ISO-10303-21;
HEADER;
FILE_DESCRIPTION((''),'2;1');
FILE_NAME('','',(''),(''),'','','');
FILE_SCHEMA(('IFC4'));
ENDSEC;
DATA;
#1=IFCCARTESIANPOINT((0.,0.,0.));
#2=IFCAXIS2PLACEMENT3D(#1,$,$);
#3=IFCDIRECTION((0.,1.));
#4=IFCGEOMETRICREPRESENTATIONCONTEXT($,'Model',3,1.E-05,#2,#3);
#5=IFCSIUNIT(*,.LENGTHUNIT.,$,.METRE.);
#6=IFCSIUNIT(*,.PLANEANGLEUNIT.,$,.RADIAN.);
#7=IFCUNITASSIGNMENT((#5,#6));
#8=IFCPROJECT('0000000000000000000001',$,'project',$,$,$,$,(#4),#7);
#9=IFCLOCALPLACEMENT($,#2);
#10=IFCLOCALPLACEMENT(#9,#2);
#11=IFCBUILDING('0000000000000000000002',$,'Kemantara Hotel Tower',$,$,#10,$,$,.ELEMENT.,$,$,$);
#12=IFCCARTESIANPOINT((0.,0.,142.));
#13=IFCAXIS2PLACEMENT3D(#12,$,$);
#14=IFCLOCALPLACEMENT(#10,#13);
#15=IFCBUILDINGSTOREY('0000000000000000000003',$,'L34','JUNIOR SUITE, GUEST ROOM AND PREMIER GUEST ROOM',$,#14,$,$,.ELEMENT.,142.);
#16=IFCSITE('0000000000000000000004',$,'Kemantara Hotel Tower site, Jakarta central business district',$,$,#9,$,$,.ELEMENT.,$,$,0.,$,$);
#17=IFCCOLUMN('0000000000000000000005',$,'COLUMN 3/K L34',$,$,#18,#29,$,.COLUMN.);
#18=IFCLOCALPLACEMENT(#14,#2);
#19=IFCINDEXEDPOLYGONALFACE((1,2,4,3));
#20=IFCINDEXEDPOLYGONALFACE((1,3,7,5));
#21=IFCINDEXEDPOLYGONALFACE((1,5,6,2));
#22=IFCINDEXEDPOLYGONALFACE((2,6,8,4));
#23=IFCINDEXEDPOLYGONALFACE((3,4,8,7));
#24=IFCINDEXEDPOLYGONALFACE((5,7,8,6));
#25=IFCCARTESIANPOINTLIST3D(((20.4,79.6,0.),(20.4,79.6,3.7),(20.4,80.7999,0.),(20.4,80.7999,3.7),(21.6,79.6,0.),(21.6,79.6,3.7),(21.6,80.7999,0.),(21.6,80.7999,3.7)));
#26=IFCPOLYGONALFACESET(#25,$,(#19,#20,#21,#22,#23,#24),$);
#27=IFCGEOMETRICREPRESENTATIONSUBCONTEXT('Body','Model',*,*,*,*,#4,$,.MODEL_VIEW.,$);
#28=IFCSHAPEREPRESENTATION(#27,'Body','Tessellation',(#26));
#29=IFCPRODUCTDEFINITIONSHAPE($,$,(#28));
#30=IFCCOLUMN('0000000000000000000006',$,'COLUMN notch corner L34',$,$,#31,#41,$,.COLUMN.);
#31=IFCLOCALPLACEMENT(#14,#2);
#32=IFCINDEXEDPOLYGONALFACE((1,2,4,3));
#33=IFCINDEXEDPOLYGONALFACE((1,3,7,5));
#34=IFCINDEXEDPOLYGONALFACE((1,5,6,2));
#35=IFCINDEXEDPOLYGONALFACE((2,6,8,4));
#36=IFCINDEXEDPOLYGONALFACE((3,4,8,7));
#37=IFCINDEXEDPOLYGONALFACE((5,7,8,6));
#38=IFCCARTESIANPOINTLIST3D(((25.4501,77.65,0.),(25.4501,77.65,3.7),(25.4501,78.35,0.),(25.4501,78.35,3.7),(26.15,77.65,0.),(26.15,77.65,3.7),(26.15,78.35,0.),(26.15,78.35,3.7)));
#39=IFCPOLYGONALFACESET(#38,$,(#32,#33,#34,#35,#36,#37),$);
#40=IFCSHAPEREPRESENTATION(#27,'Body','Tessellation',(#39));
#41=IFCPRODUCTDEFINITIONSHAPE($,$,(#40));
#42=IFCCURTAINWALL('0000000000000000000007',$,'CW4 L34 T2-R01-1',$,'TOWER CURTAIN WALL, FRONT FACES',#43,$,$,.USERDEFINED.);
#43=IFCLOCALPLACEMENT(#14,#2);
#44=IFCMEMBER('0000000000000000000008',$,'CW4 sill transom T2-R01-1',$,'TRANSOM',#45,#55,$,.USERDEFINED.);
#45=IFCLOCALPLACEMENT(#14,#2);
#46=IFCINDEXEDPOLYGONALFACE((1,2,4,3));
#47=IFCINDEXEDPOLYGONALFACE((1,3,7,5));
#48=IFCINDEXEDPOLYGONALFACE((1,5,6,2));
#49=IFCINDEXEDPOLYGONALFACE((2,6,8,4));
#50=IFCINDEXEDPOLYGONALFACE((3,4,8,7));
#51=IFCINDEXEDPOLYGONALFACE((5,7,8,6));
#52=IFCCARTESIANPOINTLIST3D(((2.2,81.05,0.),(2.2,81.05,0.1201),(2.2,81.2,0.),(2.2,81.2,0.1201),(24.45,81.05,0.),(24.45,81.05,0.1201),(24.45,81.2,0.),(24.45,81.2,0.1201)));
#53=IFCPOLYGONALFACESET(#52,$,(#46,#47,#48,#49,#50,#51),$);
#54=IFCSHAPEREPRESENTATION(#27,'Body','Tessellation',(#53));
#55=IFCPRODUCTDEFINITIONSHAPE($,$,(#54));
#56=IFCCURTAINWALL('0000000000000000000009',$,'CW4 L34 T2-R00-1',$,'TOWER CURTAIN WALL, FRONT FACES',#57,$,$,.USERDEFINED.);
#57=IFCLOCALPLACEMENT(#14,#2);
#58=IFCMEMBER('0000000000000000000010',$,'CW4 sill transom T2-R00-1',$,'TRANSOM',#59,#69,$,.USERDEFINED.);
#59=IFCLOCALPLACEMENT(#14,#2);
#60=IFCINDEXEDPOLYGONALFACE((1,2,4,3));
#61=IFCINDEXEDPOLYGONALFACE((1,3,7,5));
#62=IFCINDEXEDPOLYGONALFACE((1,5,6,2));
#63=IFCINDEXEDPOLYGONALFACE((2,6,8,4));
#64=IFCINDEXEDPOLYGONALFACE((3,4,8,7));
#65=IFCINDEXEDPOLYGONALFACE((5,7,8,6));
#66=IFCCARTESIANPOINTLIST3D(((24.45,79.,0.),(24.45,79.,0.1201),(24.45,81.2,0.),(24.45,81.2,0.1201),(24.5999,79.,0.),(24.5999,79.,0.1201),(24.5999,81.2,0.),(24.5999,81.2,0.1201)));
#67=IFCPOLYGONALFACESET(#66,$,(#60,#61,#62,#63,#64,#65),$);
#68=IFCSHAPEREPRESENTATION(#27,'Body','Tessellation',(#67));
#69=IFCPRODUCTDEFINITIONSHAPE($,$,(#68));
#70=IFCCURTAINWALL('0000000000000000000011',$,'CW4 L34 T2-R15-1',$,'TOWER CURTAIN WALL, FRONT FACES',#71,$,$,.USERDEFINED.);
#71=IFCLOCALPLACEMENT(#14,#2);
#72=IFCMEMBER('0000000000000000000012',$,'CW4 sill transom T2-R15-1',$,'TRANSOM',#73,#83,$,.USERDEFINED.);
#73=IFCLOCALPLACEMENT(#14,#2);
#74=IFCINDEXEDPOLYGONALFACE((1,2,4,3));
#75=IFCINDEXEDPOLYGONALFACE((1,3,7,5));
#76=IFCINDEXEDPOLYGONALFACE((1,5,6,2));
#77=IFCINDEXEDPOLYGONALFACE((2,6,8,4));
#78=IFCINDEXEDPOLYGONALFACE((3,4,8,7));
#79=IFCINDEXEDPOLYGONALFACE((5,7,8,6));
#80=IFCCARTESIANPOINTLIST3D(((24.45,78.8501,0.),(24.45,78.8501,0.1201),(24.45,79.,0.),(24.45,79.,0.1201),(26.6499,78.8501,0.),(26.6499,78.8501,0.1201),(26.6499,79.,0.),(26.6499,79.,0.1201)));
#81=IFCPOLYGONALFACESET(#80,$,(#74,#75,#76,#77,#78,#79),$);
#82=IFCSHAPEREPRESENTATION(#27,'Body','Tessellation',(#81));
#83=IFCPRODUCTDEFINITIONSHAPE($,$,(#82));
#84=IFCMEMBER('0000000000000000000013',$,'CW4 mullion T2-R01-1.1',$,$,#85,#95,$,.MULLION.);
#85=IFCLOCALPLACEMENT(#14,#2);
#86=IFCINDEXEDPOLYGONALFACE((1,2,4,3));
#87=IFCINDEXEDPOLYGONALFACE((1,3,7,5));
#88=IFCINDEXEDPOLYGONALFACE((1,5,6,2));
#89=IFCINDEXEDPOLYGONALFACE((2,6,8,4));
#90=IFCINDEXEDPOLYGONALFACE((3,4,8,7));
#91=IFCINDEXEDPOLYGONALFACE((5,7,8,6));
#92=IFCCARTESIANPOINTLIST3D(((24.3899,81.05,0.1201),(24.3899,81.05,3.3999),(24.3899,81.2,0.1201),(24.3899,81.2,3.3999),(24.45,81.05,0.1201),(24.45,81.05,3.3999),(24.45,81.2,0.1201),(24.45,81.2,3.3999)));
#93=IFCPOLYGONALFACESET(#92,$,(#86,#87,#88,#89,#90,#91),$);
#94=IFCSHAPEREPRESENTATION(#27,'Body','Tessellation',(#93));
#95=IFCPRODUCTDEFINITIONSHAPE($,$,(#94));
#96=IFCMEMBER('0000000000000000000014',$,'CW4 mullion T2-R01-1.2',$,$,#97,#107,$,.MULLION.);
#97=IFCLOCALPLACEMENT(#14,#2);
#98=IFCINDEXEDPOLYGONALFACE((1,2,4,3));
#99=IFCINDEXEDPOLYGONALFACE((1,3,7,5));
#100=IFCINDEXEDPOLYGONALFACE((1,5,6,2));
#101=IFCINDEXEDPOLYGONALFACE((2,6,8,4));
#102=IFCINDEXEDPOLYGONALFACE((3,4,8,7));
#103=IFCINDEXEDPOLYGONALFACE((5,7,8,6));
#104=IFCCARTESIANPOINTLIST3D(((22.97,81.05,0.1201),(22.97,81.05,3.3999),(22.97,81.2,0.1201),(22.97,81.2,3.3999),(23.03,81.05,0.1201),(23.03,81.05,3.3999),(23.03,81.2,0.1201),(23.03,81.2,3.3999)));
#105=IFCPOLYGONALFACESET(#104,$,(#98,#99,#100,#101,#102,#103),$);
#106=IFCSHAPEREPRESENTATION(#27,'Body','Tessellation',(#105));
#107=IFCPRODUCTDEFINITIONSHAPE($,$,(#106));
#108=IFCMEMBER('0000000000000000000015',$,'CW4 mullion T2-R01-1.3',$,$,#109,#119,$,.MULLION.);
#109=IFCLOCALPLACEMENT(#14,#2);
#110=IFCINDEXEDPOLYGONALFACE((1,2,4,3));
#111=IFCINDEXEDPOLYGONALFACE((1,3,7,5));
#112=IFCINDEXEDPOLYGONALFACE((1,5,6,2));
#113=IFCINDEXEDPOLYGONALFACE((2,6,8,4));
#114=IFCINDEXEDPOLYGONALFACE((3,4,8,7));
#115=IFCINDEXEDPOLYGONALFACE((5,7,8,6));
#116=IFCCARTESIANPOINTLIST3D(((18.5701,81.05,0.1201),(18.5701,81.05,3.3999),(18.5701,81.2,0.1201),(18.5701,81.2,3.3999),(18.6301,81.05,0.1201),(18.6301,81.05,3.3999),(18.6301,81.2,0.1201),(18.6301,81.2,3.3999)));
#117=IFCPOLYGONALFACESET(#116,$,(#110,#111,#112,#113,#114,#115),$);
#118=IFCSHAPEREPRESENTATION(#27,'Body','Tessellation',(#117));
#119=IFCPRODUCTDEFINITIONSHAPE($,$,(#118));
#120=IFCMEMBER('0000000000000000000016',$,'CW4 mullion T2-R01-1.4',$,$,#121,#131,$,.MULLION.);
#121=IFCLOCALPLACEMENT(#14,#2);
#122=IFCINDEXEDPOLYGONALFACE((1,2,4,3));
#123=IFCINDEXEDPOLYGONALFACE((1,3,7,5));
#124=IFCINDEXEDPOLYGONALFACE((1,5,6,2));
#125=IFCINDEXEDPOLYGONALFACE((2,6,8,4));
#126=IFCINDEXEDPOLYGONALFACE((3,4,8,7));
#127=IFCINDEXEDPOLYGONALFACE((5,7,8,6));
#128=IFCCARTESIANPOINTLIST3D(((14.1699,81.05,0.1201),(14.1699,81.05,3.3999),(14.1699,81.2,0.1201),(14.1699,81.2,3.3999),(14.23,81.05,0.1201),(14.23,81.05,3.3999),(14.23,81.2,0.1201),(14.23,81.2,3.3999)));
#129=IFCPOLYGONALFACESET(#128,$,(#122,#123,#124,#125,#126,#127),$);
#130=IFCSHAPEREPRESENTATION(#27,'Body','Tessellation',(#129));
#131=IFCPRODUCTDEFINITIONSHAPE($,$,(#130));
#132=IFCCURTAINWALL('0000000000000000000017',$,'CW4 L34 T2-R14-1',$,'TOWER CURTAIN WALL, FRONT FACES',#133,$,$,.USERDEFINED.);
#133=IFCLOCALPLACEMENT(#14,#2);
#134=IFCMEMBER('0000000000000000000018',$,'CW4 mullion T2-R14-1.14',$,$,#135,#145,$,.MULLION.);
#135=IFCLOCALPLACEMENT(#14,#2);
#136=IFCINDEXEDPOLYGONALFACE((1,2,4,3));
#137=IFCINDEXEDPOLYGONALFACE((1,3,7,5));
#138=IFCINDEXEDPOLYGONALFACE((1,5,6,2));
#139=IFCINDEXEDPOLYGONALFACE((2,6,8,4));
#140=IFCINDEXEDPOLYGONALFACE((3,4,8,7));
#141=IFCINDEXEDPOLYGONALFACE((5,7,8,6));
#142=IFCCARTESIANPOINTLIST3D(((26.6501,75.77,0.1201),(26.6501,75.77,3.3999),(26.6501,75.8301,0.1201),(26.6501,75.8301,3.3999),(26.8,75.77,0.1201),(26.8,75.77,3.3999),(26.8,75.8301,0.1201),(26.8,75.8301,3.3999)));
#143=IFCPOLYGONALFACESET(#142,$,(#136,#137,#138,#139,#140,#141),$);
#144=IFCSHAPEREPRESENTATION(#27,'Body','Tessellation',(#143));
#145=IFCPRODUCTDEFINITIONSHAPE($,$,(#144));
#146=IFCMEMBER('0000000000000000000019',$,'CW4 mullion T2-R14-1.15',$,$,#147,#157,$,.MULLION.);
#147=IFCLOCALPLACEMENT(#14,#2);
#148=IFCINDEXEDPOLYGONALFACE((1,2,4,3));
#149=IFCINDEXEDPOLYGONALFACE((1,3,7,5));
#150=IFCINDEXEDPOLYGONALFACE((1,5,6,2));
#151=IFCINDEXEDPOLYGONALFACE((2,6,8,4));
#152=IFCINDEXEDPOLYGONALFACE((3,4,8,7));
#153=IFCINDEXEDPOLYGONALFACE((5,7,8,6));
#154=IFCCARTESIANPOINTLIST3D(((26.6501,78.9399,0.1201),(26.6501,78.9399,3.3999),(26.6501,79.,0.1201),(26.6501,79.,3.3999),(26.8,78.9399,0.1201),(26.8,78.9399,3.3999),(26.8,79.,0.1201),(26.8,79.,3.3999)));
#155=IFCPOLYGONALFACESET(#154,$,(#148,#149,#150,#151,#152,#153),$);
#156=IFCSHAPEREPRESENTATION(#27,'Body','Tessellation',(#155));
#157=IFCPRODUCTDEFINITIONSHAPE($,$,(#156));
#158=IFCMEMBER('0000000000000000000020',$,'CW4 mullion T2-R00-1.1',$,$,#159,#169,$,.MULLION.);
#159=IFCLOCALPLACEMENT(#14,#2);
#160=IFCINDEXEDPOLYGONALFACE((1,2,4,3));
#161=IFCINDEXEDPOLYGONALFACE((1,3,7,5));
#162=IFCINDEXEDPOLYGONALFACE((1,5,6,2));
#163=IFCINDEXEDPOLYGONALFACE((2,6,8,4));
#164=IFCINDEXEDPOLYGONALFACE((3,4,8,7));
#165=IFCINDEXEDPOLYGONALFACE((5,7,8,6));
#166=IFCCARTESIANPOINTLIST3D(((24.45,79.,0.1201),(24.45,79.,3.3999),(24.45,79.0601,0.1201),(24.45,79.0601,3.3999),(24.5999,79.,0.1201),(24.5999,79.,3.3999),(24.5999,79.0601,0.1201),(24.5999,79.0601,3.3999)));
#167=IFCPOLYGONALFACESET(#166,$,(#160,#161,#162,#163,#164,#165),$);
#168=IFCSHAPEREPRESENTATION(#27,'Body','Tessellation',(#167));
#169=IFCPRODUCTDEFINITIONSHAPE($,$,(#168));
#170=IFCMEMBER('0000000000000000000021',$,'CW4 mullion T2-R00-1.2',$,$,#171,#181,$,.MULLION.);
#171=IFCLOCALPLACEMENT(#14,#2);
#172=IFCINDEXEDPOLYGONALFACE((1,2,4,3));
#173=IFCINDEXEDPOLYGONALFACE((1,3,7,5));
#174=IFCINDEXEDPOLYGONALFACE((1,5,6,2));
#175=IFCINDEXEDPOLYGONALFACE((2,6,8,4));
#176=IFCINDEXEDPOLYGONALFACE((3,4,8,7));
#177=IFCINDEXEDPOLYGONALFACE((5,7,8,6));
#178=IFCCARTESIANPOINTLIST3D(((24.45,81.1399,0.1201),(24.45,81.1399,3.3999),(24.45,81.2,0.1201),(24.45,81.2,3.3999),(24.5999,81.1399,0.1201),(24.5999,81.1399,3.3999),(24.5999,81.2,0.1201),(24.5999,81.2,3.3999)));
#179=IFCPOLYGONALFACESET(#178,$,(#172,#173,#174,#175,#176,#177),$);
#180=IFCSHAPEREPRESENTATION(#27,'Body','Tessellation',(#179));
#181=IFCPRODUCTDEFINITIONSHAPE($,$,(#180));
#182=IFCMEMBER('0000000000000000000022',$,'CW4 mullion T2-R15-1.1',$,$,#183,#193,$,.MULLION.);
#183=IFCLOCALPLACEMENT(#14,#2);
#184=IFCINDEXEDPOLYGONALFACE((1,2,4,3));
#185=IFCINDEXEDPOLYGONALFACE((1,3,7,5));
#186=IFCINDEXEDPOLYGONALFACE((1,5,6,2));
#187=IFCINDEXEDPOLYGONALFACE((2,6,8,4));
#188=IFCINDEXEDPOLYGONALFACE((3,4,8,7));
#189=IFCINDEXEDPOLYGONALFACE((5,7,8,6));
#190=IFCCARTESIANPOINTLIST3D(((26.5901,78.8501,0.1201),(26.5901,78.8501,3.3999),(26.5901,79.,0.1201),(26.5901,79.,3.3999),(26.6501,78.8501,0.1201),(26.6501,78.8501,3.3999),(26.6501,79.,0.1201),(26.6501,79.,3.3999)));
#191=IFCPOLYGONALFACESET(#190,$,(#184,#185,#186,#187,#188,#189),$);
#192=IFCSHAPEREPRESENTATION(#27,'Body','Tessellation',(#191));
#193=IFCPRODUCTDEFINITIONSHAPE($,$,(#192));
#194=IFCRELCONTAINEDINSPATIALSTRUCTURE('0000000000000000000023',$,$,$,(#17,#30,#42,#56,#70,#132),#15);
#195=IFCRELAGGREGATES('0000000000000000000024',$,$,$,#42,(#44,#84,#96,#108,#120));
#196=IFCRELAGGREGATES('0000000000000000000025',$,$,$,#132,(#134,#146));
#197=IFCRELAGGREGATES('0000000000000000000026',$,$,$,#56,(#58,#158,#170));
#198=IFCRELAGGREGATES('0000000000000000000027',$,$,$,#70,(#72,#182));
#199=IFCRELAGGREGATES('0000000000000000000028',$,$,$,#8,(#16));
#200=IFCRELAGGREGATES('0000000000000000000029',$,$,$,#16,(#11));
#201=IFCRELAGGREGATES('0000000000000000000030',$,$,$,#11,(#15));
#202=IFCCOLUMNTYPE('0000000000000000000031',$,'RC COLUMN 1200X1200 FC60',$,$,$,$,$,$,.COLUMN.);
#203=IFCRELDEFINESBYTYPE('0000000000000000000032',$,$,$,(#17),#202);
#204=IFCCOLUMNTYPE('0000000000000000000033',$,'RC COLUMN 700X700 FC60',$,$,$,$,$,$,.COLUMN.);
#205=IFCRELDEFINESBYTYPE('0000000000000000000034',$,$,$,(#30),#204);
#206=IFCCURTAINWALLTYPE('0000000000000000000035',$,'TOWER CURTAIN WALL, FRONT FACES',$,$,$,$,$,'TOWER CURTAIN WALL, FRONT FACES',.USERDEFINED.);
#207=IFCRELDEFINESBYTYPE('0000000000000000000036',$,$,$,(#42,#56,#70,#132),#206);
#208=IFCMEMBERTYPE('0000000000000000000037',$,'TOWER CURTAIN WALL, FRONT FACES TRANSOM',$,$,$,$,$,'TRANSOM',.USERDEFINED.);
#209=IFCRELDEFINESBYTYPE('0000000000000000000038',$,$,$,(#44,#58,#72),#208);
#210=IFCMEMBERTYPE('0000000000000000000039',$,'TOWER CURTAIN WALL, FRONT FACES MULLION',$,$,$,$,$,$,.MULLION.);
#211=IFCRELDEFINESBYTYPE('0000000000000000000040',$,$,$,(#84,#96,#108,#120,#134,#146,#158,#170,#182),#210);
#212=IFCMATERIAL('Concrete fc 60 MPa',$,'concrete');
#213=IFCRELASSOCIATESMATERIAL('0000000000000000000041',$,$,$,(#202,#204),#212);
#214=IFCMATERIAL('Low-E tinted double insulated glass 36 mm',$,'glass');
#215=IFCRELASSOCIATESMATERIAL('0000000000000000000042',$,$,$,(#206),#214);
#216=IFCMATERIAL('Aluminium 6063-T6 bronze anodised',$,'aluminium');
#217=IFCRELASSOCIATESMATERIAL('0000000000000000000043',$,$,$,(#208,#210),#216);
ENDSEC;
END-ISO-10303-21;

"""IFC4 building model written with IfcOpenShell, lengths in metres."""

from ifc_helpers import new_model, si_unit, direction, frame, origin, origin_2d, place, context, subcontext, project, spatial, rectangle, extrude, source, transform, mapped, material, material_profile, profile_set, type_object, element, aggregate, save


model = new_model("IFC4")

# Units and contexts
model_context = context("Model", 3, precision=1e-05, world=origin(), true_north=direction((0.0, 1.0)))
body_context = subcontext(model_context, "Body", "Model", "MODEL_VIEW")
ifc_project = project(units=[si_unit("LENGTHUNIT", "METRE"), si_unit("PLANEANGLEUNIT", "RADIAN")], contexts=[model_context])

# Site, building, storey
site_placement = place(None, origin())
site = spatial("IfcSite", under=ifc_project, at=site_placement, Name="Kemantara Hotel Tower site, Jakarta central business district", CompositionType="ELEMENT", RefElevation=0.0)
building_placement = place(site_placement, origin())
building = spatial("IfcBuilding", under=site, at=building_placement, Name="Kemantara Hotel Tower", CompositionType="ELEMENT")
storey_placement = place(building_placement, frame((0.0, 0.0, 142.0)))
storey = spatial("IfcBuildingStorey", under=building, at=storey_placement, Name="L34", Description="JUNIOR SUITE, GUEST ROOM AND PREMIER GUEST ROOM", CompositionType="ELEMENT", Elevation=142.0)

# Columns
ifc_material_1 = material(Name="Concrete fc 60 MPa", Category="concrete")
ifc_material_profile_1 = material_profile(ifc_material_1, rectangle(XDim=1.2, YDim=1.2, at=origin_2d()), Name="RC 1200X1200")
ifc_profile_set_1 = profile_set([ifc_material_profile_1], Name="Concrete fc 60 MPa")
column_type_1 = type_object("IfcColumnType", Name="RC COLUMN 1200X1200 FC60", PredefinedType="COLUMN", material=ifc_profile_set_1)
column_1_placement = place(storey_placement, frame((21.0, 80.2, 0.0), z_axis=(0.0, 0.0, 1.0), x_axis=(1.0, 0.0, 0.0)))
element("IfcColumn", 1, at=column_1_placement, inside=storey, type_object=column_type_1, Name="COLUMN 3/K L34", PredefinedType="COLUMN", context=body_context, shape_type="SweptSolid", body=[
    extrude(rectangle(XDim=1.2, YDim=1.2, at=origin_2d()), origin(), (0.0, 0.0, 1.0), 3.7),
])
ifc_material_profile_2 = material_profile(ifc_material_1, rectangle(XDim=0.7, YDim=0.7, at=origin_2d()), Name="RC 700X700")
ifc_profile_set_2 = profile_set([ifc_material_profile_2], Name="Concrete fc 60 MPa")
column_type_2 = type_object("IfcColumnType", Name="RC COLUMN 700X700 FC60", PredefinedType="COLUMN", material=ifc_profile_set_2)
column_2_placement = place(storey_placement, frame((25.8, 78.0, 0.0), z_axis=(0.0, 0.0, 1.0), x_axis=(1.0, 0.0, 0.0)))
element("IfcColumn", 2, at=column_2_placement, inside=storey, type_object=column_type_2, Name="COLUMN notch corner L34", PredefinedType="COLUMN", context=body_context, shape_type="SweptSolid", body=[
    extrude(rectangle(XDim=0.7, YDim=0.7, at=origin_2d()), origin(), (0.0, 0.0, 1.0), 3.7),
])

# Curtain walls, members
ifc_material_2 = material(Name="Low-E tinted double insulated glass 36 mm", Category="glass")
curtain_wall_type = type_object("IfcCurtainWallType", Name="TOWER CURTAIN WALL, FRONT FACES", ElementType="TOWER CURTAIN WALL, FRONT FACES", PredefinedType="USERDEFINED", material=ifc_material_2)
curtain_wall_1_placement = place(storey_placement, origin())
curtain_wall_1 = element("IfcCurtainWall", 3, at=curtain_wall_1_placement, inside=storey, type_object=curtain_wall_type, Name="CW4 L34 T2-R01-1", ObjectType="TOWER CURTAIN WALL, FRONT FACES", PredefinedType="USERDEFINED")
ifc_material_3 = material(Name="Aluminium 6063-T6 bronze anodised", Category="aluminium")
ifc_material_profile_3 = material_profile(ifc_material_3, rectangle(XDim=0.1499, YDim=0.1201, at=origin_2d()), Name="TOWER CURTAIN WALL, FRONT FACES TRANSOM")
ifc_profile_set_3 = profile_set([ifc_material_profile_3], Name="Aluminium 6063-T6 bronze anodised")
member_type_1 = type_object("IfcMemberType", Name="TOWER CURTAIN WALL, FRONT FACES TRANSOM", ElementType="TRANSOM", PredefinedType="USERDEFINED", material=ifc_profile_set_3)
member_1_placement = place(storey_placement, frame((24.45, 81.125, 0.0601), z_axis=(-1.0, 0.0, 0.0), x_axis=(0.0, -1.0, 0.0)))
member_1 = element("IfcMember", 4, at=member_1_placement, type_object=member_type_1, Name="CW4 sill transom T2-R01-1", ObjectType="TRANSOM", PredefinedType="USERDEFINED", context=body_context, shape_type="SweptSolid", body=[
    extrude(rectangle(XDim=0.1499, YDim=0.1201, at=origin_2d()), origin(), (0.0, 0.0, 1.0), 22.25),
])
curtain_wall_2_placement = place(storey_placement, origin())
curtain_wall_2 = element("IfcCurtainWall", 5, at=curtain_wall_2_placement, inside=storey, type_object=curtain_wall_type, Name="CW4 L34 T2-R00-1", ObjectType="TOWER CURTAIN WALL, FRONT FACES", PredefinedType="USERDEFINED")
member_2_placement = place(storey_placement, frame((24.5249, 79.0, 0.0601), z_axis=(0.0, 1.0, 0.0), x_axis=(-1.0, 0.0, 0.0)))
member_2 = element("IfcMember", 6, at=member_2_placement, type_object=member_type_1, Name="CW4 sill transom T2-R00-1", ObjectType="TRANSOM", PredefinedType="USERDEFINED", context=body_context, shape_type="SweptSolid", body=[
    extrude(rectangle(XDim=0.1499, YDim=0.1201, at=origin_2d()), origin(), (0.0, 0.0, 1.0), 2.2),
])
curtain_wall_3_placement = place(storey_placement, origin())
curtain_wall_3 = element("IfcCurtainWall", 7, at=curtain_wall_3_placement, inside=storey, type_object=curtain_wall_type, Name="CW4 L34 T2-R15-1", ObjectType="TOWER CURTAIN WALL, FRONT FACES", PredefinedType="USERDEFINED")
member_3_placement = place(storey_placement, frame((26.6499, 78.925, 0.0601), z_axis=(-1.0, 0.0, 0.0), x_axis=(0.0, -1.0, 0.0)))
member_3 = element("IfcMember", 8, at=member_3_placement, type_object=member_type_1, Name="CW4 sill transom T2-R15-1", ObjectType="TRANSOM", PredefinedType="USERDEFINED", context=body_context, shape_type="SweptSolid", body=[
    extrude(rectangle(XDim=0.1499, YDim=0.1201, at=origin_2d()), origin(), (0.0, 0.0, 1.0), 2.2),
])

# Members
ifc_material_profile_4 = material_profile(ifc_material_3, rectangle(XDim=0.1499, YDim=0.0601, at=origin_2d()), Name="TOWER CURTAIN WALL, FRONT FACES MULLION")
ifc_profile_set_4 = profile_set([ifc_material_profile_4], Name="Aluminium 6063-T6 bronze anodised")
member_type_2 = type_object("IfcMemberType", Name="TOWER CURTAIN WALL, FRONT FACES MULLION", PredefinedType="MULLION", material=ifc_profile_set_4)
shared_shape_1 = source(origin(), body_context, "Body", "SweptSolid", [
    extrude(rectangle(XDim=0.1499, YDim=0.0601, at=origin_2d()), origin(), (0.0, 0.0, 1.0), 3.2798),
])
member_4_placement = place(storey_placement, frame((24.4199, 81.125, 0.1201), z_axis=(0.0, 0.0, 1.0), x_axis=(0.0, -1.0, 0.0)))
member_4 = element("IfcMember", 9, at=member_4_placement, type_object=member_type_2, Name="CW4 mullion T2-R01-1.1", PredefinedType="MULLION", context=body_context, shape_type="MappedRepresentation", body=[
    mapped(shared_shape_1, transform((0.0, 0.0, 0.0))),
])
member_5_placement = place(storey_placement, frame((23.0, 81.125, 0.1201), z_axis=(0.0, 0.0, 1.0), x_axis=(0.0, -1.0, 0.0)))
member_5 = element("IfcMember", 10, at=member_5_placement, type_object=member_type_2, Name="CW4 mullion T2-R01-1.2", PredefinedType="MULLION", context=body_context, shape_type="MappedRepresentation", body=[
    mapped(shared_shape_1, transform((0.0, 0.0, 0.0))),
])
member_6_placement = place(storey_placement, frame((18.6001, 81.125, 0.1201), z_axis=(0.0, 0.0, 1.0), x_axis=(0.0, -1.0, 0.0)))
member_6 = element("IfcMember", 11, at=member_6_placement, type_object=member_type_2, Name="CW4 mullion T2-R01-1.3", PredefinedType="MULLION", context=body_context, shape_type="MappedRepresentation", body=[
    mapped(shared_shape_1, transform((0.0, 0.0, 0.0))),
])
member_7_placement = place(storey_placement, frame((14.2, 81.125, 0.1201), z_axis=(0.0, 0.0, 1.0), x_axis=(0.0, -1.0, 0.0)))
member_7 = element("IfcMember", 12, at=member_7_placement, type_object=member_type_2, Name="CW4 mullion T2-R01-1.4", PredefinedType="MULLION", context=body_context, shape_type="MappedRepresentation", body=[
    mapped(shared_shape_1, transform((0.0, 0.0, 0.0))),
])

# Curtain wall, members
curtain_wall_4_placement = place(storey_placement, origin())
curtain_wall_4 = element("IfcCurtainWall", 13, at=curtain_wall_4_placement, inside=storey, type_object=curtain_wall_type, Name="CW4 L34 T2-R14-1", ObjectType="TOWER CURTAIN WALL, FRONT FACES", PredefinedType="USERDEFINED")
member_8_placement = place(storey_placement, frame((26.7251, 75.8, 0.1201), z_axis=(0.0, 0.0, 1.0), x_axis=(-1.0, 0.0, 0.0)))
member_8 = element("IfcMember", 14, at=member_8_placement, type_object=member_type_2, Name="CW4 mullion T2-R14-1.14", PredefinedType="MULLION", context=body_context, shape_type="MappedRepresentation", body=[
    mapped(shared_shape_1, transform((0.0, 0.0, 0.0))),
])
member_9_placement = place(storey_placement, frame((26.7251, 78.97, 0.1201), z_axis=(0.0, 0.0, 1.0), x_axis=(-1.0, 0.0, 0.0)))
member_9 = element("IfcMember", 15, at=member_9_placement, type_object=member_type_2, Name="CW4 mullion T2-R14-1.15", PredefinedType="MULLION", context=body_context, shape_type="MappedRepresentation", body=[
    mapped(shared_shape_1, transform((0.0, 0.0, 0.0))),
])

# Members
member_10_placement = place(storey_placement, frame((24.5249, 79.03, 0.1201), z_axis=(0.0, 0.0, 1.0), x_axis=(-1.0, 0.0, 0.0)))
member_10 = element("IfcMember", 16, at=member_10_placement, type_object=member_type_2, Name="CW4 mullion T2-R00-1.1", PredefinedType="MULLION", context=body_context, shape_type="MappedRepresentation", body=[
    mapped(shared_shape_1, transform((0.0, 0.0, 0.0))),
])
member_11_placement = place(storey_placement, frame((24.5249, 81.1699, 0.1201), z_axis=(0.0, 0.0, 1.0), x_axis=(-1.0, 0.0, 0.0)))
member_11 = element("IfcMember", 17, at=member_11_placement, type_object=member_type_2, Name="CW4 mullion T2-R00-1.2", PredefinedType="MULLION", context=body_context, shape_type="MappedRepresentation", body=[
    mapped(shared_shape_1, transform((0.0, 0.0, 0.0))),
])
member_12_placement = place(storey_placement, frame((26.6201, 78.925, 0.1201), z_axis=(0.0, 0.0, 1.0), x_axis=(0.0, -1.0, 0.0)))
member_12 = element("IfcMember", 18, at=member_12_placement, type_object=member_type_2, Name="CW4 mullion T2-R15-1.1", PredefinedType="MULLION", context=body_context, shape_type="MappedRepresentation", body=[
    mapped(shared_shape_1, transform((0.0, 0.0, 0.0))),
])

aggregate(curtain_wall_1, [member_1, member_4, member_5, member_6, member_7])
aggregate(curtain_wall_4, [member_8, member_9])
aggregate(curtain_wall_2, [member_2, member_10, member_11])
aggregate(curtain_wall_3, [member_3, member_12])

save(model, "model.ifc")
